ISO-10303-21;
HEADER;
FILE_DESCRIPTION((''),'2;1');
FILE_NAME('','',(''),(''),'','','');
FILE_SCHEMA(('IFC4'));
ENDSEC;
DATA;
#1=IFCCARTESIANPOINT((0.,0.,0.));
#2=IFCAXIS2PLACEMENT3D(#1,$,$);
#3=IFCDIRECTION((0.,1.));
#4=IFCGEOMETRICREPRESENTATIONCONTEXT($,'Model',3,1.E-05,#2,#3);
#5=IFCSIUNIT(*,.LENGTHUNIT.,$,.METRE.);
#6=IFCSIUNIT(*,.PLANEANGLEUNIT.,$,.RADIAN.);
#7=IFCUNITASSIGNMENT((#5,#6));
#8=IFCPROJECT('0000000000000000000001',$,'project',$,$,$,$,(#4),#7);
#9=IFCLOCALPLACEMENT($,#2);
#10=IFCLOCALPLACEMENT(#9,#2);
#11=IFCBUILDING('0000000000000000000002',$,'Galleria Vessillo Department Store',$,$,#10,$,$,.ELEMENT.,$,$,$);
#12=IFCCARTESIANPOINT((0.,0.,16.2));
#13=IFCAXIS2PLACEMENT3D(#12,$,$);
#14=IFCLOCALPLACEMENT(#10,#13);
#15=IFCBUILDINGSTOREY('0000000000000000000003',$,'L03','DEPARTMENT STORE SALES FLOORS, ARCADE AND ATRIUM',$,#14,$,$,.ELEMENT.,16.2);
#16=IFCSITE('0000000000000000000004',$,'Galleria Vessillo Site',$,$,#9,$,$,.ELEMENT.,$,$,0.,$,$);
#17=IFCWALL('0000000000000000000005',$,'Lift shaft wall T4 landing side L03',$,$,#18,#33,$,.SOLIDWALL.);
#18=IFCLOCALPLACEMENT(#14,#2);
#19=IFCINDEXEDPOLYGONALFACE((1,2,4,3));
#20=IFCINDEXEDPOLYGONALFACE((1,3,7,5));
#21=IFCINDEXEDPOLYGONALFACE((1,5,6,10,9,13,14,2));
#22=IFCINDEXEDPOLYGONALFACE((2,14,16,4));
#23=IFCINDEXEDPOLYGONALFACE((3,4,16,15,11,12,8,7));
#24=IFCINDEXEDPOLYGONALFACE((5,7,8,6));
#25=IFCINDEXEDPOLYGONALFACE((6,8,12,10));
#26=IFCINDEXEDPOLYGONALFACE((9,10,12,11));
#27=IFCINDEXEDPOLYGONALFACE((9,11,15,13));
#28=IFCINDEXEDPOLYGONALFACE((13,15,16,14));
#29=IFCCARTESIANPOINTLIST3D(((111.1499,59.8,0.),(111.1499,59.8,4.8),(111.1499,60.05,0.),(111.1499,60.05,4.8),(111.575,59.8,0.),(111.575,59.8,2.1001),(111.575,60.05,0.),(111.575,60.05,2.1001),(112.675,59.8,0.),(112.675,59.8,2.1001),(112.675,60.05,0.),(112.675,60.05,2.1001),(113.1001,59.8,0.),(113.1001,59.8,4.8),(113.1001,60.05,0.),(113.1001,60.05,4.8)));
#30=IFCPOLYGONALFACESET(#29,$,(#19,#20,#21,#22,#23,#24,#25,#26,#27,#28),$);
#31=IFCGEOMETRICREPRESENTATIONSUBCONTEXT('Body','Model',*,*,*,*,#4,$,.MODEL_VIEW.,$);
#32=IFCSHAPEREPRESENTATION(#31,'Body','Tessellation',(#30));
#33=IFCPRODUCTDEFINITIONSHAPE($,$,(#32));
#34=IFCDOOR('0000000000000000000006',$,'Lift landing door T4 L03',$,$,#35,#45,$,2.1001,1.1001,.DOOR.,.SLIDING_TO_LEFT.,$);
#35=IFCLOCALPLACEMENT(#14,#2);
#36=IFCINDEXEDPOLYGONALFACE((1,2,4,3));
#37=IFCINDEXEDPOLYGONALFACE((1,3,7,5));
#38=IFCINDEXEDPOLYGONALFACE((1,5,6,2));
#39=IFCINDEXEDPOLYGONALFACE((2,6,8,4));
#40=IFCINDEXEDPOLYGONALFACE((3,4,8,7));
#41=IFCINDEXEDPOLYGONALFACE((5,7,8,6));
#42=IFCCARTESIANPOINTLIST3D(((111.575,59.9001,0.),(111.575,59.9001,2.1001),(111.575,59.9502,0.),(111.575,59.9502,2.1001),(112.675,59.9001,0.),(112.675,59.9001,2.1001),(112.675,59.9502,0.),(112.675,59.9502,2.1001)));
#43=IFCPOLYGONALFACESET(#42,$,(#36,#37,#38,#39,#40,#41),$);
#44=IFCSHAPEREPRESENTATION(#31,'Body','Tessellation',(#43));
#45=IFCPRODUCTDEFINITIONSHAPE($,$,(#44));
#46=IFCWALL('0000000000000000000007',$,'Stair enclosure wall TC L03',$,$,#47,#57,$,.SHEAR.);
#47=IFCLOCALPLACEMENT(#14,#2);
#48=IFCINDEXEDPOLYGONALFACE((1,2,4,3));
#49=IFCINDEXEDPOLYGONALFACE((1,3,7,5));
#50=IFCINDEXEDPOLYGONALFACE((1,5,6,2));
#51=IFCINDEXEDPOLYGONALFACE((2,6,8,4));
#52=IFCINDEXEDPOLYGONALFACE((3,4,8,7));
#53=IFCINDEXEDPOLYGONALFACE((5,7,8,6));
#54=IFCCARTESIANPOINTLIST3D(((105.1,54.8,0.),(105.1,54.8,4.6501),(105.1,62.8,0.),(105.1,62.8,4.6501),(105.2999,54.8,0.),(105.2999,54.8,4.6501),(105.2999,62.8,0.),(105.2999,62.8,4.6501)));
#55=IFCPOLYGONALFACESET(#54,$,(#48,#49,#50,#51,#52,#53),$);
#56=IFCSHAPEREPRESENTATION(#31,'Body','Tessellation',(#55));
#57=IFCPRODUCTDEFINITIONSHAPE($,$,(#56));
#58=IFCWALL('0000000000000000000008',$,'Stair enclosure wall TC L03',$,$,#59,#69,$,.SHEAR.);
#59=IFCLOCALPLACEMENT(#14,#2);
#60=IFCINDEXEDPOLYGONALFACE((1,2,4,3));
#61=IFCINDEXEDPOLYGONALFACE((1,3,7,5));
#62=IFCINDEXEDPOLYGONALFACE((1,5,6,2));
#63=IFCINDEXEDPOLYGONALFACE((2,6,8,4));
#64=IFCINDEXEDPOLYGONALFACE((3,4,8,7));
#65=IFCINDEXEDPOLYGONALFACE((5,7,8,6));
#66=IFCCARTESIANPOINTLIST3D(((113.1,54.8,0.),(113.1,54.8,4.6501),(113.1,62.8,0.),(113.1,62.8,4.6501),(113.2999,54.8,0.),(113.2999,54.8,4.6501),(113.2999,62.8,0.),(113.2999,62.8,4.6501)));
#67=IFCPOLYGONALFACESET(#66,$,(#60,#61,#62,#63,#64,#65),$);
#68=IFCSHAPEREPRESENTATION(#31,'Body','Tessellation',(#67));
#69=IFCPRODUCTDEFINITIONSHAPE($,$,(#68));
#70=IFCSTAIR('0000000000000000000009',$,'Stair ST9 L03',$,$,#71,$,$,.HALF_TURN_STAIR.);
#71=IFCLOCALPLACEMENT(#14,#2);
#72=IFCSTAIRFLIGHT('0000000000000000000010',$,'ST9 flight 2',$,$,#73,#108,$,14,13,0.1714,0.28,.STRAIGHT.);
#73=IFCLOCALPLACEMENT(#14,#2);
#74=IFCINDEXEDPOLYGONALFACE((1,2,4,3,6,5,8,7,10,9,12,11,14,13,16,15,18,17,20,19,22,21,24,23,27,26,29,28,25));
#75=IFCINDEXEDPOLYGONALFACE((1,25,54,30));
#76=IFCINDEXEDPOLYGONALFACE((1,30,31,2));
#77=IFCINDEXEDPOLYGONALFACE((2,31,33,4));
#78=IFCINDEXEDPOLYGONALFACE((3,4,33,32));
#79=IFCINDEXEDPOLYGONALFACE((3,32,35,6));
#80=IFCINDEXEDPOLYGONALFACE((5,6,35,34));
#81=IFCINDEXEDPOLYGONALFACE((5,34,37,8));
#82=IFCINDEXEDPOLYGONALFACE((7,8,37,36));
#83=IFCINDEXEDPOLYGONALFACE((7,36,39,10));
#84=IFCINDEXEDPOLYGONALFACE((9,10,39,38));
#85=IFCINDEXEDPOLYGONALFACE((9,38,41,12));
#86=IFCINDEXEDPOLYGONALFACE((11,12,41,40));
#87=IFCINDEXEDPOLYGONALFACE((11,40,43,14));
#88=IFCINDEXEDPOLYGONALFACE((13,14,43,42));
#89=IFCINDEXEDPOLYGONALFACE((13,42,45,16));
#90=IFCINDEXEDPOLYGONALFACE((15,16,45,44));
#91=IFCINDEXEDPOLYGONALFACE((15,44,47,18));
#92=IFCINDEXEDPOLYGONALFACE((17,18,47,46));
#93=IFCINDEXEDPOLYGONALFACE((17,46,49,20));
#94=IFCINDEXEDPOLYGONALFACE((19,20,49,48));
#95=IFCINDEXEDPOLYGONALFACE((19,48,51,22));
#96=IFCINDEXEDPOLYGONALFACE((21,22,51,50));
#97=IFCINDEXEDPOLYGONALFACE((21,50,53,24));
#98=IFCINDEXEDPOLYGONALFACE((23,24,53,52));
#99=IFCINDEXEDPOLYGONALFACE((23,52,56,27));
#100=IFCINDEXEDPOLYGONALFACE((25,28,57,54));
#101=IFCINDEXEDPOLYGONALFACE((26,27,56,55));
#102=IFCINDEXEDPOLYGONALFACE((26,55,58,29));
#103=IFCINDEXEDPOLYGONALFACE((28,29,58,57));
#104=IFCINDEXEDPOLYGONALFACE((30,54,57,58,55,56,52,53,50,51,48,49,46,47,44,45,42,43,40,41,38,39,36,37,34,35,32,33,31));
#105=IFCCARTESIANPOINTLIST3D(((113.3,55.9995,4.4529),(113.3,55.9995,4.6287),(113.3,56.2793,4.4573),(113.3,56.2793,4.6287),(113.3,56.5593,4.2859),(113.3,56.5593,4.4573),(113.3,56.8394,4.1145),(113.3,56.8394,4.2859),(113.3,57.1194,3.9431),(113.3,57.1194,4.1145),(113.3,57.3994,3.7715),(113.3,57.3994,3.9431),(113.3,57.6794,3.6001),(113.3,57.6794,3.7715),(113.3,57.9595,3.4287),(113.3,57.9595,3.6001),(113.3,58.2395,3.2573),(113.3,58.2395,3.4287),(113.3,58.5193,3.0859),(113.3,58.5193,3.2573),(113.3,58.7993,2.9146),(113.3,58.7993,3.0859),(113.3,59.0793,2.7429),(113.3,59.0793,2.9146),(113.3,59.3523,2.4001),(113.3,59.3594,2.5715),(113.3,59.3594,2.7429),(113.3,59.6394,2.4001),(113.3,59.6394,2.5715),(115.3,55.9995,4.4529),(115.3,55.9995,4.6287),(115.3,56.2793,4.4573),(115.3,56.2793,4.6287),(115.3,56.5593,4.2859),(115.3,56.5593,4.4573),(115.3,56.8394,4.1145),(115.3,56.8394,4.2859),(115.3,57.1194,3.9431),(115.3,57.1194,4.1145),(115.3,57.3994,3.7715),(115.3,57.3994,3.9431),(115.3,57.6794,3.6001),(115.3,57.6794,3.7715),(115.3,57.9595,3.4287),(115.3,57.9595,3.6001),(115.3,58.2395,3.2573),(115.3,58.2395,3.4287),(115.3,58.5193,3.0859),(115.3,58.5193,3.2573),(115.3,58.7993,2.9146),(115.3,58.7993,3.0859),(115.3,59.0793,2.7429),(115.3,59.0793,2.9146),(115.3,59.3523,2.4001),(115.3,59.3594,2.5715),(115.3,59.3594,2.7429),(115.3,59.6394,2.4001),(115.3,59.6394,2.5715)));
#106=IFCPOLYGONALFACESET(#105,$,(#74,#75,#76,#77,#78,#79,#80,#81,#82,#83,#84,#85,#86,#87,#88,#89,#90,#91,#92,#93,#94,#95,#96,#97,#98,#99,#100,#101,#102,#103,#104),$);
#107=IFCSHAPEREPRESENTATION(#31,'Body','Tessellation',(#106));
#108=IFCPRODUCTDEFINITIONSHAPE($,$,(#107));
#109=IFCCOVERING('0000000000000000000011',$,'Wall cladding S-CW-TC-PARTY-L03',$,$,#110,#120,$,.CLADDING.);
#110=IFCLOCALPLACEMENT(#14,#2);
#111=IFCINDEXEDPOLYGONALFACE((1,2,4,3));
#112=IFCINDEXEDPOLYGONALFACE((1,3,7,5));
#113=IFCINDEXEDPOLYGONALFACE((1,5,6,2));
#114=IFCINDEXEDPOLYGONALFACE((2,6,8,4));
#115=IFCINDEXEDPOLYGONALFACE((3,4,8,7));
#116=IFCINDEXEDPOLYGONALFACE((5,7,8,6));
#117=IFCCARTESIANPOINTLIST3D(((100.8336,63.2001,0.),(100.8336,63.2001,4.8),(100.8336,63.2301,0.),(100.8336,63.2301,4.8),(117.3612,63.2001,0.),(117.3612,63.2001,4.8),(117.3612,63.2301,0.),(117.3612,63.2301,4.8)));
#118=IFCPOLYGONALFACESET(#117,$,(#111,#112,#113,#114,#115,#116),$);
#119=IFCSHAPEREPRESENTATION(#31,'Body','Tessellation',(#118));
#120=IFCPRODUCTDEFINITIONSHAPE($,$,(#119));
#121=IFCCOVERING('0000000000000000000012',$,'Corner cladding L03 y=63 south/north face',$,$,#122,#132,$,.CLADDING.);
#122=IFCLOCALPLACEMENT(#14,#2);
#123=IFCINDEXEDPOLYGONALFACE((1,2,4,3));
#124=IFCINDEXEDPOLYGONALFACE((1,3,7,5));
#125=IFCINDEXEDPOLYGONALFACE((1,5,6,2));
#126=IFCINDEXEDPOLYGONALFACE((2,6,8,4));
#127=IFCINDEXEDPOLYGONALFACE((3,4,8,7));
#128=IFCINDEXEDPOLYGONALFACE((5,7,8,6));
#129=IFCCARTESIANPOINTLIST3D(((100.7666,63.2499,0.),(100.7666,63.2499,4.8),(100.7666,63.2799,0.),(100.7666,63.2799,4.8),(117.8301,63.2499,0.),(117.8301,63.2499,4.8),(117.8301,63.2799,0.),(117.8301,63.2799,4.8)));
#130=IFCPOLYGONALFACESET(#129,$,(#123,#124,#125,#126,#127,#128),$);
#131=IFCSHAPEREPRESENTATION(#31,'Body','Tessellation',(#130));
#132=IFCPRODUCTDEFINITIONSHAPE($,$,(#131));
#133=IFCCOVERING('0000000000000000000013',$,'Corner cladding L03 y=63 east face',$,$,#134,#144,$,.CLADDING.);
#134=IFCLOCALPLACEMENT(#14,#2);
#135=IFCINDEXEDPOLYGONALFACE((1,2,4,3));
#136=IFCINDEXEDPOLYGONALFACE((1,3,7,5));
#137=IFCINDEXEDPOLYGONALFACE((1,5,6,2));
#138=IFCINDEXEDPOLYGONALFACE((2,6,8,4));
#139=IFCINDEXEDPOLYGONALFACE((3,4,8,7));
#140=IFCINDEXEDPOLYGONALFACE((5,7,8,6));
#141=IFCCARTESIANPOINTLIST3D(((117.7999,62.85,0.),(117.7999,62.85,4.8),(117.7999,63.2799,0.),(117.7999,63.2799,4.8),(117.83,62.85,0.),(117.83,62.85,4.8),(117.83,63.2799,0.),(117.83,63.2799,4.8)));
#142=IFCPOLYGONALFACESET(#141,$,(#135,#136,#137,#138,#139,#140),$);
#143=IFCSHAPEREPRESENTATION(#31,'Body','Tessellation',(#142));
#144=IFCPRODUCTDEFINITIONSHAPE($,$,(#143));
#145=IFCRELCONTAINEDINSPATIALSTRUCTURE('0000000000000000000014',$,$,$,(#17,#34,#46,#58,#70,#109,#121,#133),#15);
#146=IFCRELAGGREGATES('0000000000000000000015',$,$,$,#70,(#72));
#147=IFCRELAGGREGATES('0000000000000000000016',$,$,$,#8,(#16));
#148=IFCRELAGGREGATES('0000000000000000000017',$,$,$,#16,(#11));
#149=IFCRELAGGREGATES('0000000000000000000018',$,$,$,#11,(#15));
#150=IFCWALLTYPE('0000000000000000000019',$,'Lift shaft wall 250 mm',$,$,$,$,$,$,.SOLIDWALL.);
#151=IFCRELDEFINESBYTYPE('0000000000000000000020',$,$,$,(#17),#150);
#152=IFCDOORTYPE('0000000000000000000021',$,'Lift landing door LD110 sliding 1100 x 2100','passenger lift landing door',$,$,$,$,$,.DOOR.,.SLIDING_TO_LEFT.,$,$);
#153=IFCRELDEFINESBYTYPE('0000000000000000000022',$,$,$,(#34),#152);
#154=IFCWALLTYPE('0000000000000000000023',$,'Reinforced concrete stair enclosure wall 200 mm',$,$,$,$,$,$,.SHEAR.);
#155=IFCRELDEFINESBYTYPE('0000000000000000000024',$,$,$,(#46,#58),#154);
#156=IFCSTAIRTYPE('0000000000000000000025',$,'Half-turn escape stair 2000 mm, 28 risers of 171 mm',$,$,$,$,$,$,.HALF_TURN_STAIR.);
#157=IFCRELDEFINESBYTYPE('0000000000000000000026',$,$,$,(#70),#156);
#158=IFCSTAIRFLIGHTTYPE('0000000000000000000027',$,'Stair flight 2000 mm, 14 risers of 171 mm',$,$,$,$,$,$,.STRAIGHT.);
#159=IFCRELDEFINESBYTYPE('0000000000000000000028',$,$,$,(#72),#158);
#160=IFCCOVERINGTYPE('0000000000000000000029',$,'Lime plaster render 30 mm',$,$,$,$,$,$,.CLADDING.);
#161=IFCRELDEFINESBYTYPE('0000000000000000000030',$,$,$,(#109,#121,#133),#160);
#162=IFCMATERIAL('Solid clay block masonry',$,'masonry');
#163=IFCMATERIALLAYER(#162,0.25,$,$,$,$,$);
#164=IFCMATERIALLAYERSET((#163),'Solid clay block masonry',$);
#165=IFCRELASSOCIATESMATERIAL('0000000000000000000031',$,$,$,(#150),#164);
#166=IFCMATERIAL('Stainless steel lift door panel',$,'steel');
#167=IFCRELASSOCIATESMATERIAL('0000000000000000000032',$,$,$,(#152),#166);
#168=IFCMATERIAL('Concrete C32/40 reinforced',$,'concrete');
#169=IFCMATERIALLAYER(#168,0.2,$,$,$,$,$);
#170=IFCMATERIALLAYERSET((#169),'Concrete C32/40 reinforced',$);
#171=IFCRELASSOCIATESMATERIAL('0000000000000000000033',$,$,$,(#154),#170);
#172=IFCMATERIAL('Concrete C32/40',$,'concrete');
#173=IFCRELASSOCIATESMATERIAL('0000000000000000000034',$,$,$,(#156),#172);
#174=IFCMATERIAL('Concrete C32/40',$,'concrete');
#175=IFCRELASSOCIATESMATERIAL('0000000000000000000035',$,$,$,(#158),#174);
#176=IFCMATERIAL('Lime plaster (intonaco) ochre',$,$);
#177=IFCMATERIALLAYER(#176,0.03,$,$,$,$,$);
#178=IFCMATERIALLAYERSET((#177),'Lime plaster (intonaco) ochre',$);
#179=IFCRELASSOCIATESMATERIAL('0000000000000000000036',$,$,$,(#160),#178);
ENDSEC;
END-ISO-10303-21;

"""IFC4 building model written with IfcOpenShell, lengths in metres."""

from ifc_helpers import new_model, si_unit, direction, frame, frame_2d, origin, origin_2d, place, context, subcontext, project, spatial, polyline, rectangle, outline, extrude, material, layer, layer_set, type_object, element, fill, aggregate, save


model = new_model("IFC4")

# Units and contexts
model_context = context("Model", 3, precision=1e-05, world=origin(), true_north=direction((0.0, 1.0)))
body_context = subcontext(model_context, "Body", "Model", "MODEL_VIEW")
ifc_project = project(units=[si_unit("LENGTHUNIT", "METRE"), si_unit("PLANEANGLEUNIT", "RADIAN")], contexts=[model_context])

# Site, building, storey
site_placement = place(None, origin())
site = spatial("IfcSite", under=ifc_project, at=site_placement, Name="Galleria Vessillo Site", CompositionType="ELEMENT", RefElevation=0.0)
building_placement = place(site_placement, origin())
building = spatial("IfcBuilding", under=site, at=building_placement, Name="Galleria Vessillo Department Store", CompositionType="ELEMENT")
storey_placement = place(building_placement, frame((0.0, 0.0, 16.2)))
storey = spatial("IfcBuildingStorey", under=building, at=storey_placement, Name="L03", Description="DEPARTMENT STORE SALES FLOORS, ARCADE AND ATRIUM", CompositionType="ELEMENT", Elevation=16.2)

# Wall, opening, door
ifc_material_1 = material(Name="Solid clay block masonry", Category="masonry")
ifc_layer_1 = layer(ifc_material_1, 0.25)
ifc_layer_set_1 = layer_set([ifc_layer_1], Name="Solid clay block masonry")
wall_type_1 = type_object("IfcWallType", Name="Lift shaft wall 250 mm", PredefinedType="SOLIDWALL", material=ifc_layer_set_1)
ifc_material_2 = material(Name="Stainless steel lift door panel", Category="steel")
door_type = type_object("IfcDoorType", Name="Lift landing door LD110 sliding 1100 x 2100", Description="passenger lift landing door", OperationType="SLIDING_TO_LEFT", PredefinedType="DOOR", material=ifc_material_2)
wall_1_placement = place(storey_placement, frame((111.1499, 59.925, 0.0), z_axis=(0.0, 0.0, 1.0), x_axis=(1.0, 0.0, 0.0)))
wall_1 = element("IfcWall", 1, at=wall_1_placement, inside=storey, type_object=wall_type_1, Name="Lift shaft wall T4 landing side L03", PredefinedType="SOLIDWALL", context=body_context, shape_type="SweptSolid", body=[
    extrude(rectangle(XDim=1.9502, YDim=0.25, at=frame_2d((0.9751, 0.0))), origin(), (0.0, 0.0, 1.0), 4.8),
])
opening_1_placement = place(wall_1_placement, frame((0.425, 0.0, 0.0)))
opening_1 = element("IfcOpeningElement", 2, at=opening_1_placement, cuts=wall_1, PredefinedType="OPENING", context=body_context, shape_type="SweptSolid", body=[
    extrude(rectangle(XDim=1.1001, YDim=2.1001, at=frame_2d((0.55, 1.05))), frame((0.0, 0.135, 0.0), z_axis=(0.0, -1.0, 0.0), x_axis=(1.0, 0.0, 0.0)), (0.0, 0.0, 1.0), 0.27),
])
door_1_placement = place(opening_1_placement, frame((1.1001, 0.0, 0.0), z_axis=(0.0, 0.0, 1.0), x_axis=(-1.0, 0.0, 0.0)))
door_1 = element("IfcDoor", 3, at=door_1_placement, inside=storey, type_object=door_type, Name="Lift landing door T4 L03", OperationType="SLIDING_TO_LEFT", OverallHeight=2.1001, OverallWidth=1.1001, PredefinedType="DOOR", context=body_context, shape_type="SweptSolid", body=[
    extrude(rectangle(XDim=1.1001, YDim=2.1001, at=frame_2d((0.55, 1.05))), frame((0.0, 0.0249, 0.0), z_axis=(0.0, -1.0, 0.0), x_axis=(1.0, 0.0, 0.0)), (0.0, 0.0, 1.0), 0.05),
])
fill(opening_1, door_1)

# Walls
ifc_material_3 = material(Name="Concrete C32/40 reinforced", Category="concrete")
ifc_layer_2 = layer(ifc_material_3, 0.2)
ifc_layer_set_2 = layer_set([ifc_layer_2], Name="Concrete C32/40 reinforced")
wall_type_2 = type_object("IfcWallType", Name="Reinforced concrete stair enclosure wall 200 mm", PredefinedType="SHEAR", material=ifc_layer_set_2)
for number, where, z_axis, x_axis, name in (
    (4, (105.2, 62.8, 0.0), (0.0, 0.0, 1.0), (0.0, -1.0, 0.0), "Stair enclosure wall TC L03"),
    (5, (113.2, 62.8, 0.0), (0.0, 0.0, 1.0), (0.0, -1.0, 0.0), "Stair enclosure wall TC L03"),
):
    element("IfcWall", number, at=place(storey_placement, frame(where, z_axis=z_axis, x_axis=x_axis)), inside=storey, type_object=wall_type_2, Name=name, PredefinedType="SHEAR", context=body_context, shape_type="SweptSolid", body=[
        extrude(rectangle(XDim=8.0, YDim=0.2, at=frame_2d((4.0, 0.0))), origin(), (0.0, 0.0, 1.0), 4.6501),
    ])

# Stair, stair flight
ifc_material_4 = material(Name="Concrete C32/40", Category="concrete")
stair_type = type_object("IfcStairType", Name="Half-turn escape stair 2000 mm, 28 risers of 171 mm", PredefinedType="HALF_TURN_STAIR", material=ifc_material_4)
stair_placement = place(storey_placement, origin())
stair = element("IfcStair", 6, at=stair_placement, inside=storey, type_object=stair_type, Name="Stair ST9 L03", PredefinedType="HALF_TURN_STAIR")
ifc_material_5 = material(Name="Concrete C32/40", Category="concrete")
stair_flight_type = type_object("IfcStairFlightType", Name="Stair flight 2000 mm, 14 risers of 171 mm", PredefinedType="STRAIGHT", material=ifc_material_5)
stair_flight_placement = place(storey_placement, frame((114.3, 59.6394, 2.4001), z_axis=(0.0, 0.0, 1.0), x_axis=(0.0, -1.0, 0.0)))
stair_flight = element("IfcStairFlight", 7, at=stair_flight_placement, type_object=stair_flight_type, Name="ST9 flight 2", NumberOfRisers=14, NumberOfTreads=13, PredefinedType="STRAIGHT", RiserHeight=0.1714, TreadLength=0.28, context=body_context, shape_type="SweptSolid", body=[
    extrude(outline(polyline([(0.0, 0.0), (0.0, 0.1714), (0.28, 0.1714), (0.28, 0.3428), (0.5601, 0.3428), (0.5601, 0.5144), (0.8401, 0.5144), (0.8401, 0.6858), (1.1201, 0.6858), (1.1201, 0.8572), (1.3999, 0.8572), (1.3999, 1.0286), (1.6799, 1.0286), (1.6799, 1.2), (1.96, 1.2), (1.96, 1.3713), (2.24, 1.3713), (2.24, 1.543), (2.52, 1.543), (2.52, 1.7144), (2.8, 1.7144), (2.8, 1.8857), (3.0801, 1.8857), (3.0801, 2.0571), (3.3601, 2.0571), (3.3601, 2.2285), (3.6399, 2.2285), (3.6399, 2.3999), (3.6399, 2.0527), (0.2871, 0.0), (0.0, 0.0)])), frame((0.0, 1.0, 0.0), z_axis=(0.0, -1.0, 0.0), x_axis=(1.0, 0.0, 0.0)), (0.0, 0.0, 1.0), 2.0),
])
aggregate(stair, [stair_flight])

# Coverings
ifc_material_6 = material(Name="Lime plaster (intonaco) ochre")
ifc_layer_3 = layer(ifc_material_6, 0.03)
ifc_layer_set_3 = layer_set([ifc_layer_3], Name="Lime plaster (intonaco) ochre")
covering_type = type_object("IfcCoveringType", Name="Lime plaster render 30 mm", PredefinedType="CLADDING", material=ifc_layer_set_3)
covering_1_placement = place(storey_placement, frame((109.0974, 63.2151, 0.0), z_axis=(0.0, 0.0, 1.0), x_axis=(1.0, 0.0, 0.0)))
element("IfcCovering", 8, at=covering_1_placement, inside=storey, type_object=covering_type, Name="Wall cladding S-CW-TC-PARTY-L03", PredefinedType="CLADDING", context=body_context, shape_type="SweptSolid", body=[
    extrude(rectangle(XDim=16.5276, YDim=0.03, at=origin_2d()), origin(), (0.0, 0.0, 1.0), 4.8),
])
covering_2_placement = place(storey_placement, frame((109.2983, 63.2649, 0.0), z_axis=(0.0, 0.0, 1.0), x_axis=(1.0, 0.0, 0.0)))
element("IfcCovering", 9, at=covering_2_placement, inside=storey, type_object=covering_type, Name="Corner cladding L03 y=63 south/north face", PredefinedType="CLADDING", context=body_context, shape_type="SweptSolid", body=[
    extrude(rectangle(XDim=17.0635, YDim=0.03, at=origin_2d()), origin(), (0.0, 0.0, 1.0), 4.8),
])
covering_3_placement = place(storey_placement, frame((117.8149, 63.0649, 0.0), z_axis=(0.0, 0.0, 1.0), x_axis=(1.0, 0.0, 0.0)))
element("IfcCovering", 10, at=covering_3_placement, inside=storey, type_object=covering_type, Name="Corner cladding L03 y=63 east face", PredefinedType="CLADDING", context=body_context, shape_type="SweptSolid", body=[
    extrude(rectangle(XDim=0.03, YDim=0.4299, at=origin_2d()), origin(), (0.0, 0.0, 1.0), 4.8),
])

save(model, "model.ifc")
